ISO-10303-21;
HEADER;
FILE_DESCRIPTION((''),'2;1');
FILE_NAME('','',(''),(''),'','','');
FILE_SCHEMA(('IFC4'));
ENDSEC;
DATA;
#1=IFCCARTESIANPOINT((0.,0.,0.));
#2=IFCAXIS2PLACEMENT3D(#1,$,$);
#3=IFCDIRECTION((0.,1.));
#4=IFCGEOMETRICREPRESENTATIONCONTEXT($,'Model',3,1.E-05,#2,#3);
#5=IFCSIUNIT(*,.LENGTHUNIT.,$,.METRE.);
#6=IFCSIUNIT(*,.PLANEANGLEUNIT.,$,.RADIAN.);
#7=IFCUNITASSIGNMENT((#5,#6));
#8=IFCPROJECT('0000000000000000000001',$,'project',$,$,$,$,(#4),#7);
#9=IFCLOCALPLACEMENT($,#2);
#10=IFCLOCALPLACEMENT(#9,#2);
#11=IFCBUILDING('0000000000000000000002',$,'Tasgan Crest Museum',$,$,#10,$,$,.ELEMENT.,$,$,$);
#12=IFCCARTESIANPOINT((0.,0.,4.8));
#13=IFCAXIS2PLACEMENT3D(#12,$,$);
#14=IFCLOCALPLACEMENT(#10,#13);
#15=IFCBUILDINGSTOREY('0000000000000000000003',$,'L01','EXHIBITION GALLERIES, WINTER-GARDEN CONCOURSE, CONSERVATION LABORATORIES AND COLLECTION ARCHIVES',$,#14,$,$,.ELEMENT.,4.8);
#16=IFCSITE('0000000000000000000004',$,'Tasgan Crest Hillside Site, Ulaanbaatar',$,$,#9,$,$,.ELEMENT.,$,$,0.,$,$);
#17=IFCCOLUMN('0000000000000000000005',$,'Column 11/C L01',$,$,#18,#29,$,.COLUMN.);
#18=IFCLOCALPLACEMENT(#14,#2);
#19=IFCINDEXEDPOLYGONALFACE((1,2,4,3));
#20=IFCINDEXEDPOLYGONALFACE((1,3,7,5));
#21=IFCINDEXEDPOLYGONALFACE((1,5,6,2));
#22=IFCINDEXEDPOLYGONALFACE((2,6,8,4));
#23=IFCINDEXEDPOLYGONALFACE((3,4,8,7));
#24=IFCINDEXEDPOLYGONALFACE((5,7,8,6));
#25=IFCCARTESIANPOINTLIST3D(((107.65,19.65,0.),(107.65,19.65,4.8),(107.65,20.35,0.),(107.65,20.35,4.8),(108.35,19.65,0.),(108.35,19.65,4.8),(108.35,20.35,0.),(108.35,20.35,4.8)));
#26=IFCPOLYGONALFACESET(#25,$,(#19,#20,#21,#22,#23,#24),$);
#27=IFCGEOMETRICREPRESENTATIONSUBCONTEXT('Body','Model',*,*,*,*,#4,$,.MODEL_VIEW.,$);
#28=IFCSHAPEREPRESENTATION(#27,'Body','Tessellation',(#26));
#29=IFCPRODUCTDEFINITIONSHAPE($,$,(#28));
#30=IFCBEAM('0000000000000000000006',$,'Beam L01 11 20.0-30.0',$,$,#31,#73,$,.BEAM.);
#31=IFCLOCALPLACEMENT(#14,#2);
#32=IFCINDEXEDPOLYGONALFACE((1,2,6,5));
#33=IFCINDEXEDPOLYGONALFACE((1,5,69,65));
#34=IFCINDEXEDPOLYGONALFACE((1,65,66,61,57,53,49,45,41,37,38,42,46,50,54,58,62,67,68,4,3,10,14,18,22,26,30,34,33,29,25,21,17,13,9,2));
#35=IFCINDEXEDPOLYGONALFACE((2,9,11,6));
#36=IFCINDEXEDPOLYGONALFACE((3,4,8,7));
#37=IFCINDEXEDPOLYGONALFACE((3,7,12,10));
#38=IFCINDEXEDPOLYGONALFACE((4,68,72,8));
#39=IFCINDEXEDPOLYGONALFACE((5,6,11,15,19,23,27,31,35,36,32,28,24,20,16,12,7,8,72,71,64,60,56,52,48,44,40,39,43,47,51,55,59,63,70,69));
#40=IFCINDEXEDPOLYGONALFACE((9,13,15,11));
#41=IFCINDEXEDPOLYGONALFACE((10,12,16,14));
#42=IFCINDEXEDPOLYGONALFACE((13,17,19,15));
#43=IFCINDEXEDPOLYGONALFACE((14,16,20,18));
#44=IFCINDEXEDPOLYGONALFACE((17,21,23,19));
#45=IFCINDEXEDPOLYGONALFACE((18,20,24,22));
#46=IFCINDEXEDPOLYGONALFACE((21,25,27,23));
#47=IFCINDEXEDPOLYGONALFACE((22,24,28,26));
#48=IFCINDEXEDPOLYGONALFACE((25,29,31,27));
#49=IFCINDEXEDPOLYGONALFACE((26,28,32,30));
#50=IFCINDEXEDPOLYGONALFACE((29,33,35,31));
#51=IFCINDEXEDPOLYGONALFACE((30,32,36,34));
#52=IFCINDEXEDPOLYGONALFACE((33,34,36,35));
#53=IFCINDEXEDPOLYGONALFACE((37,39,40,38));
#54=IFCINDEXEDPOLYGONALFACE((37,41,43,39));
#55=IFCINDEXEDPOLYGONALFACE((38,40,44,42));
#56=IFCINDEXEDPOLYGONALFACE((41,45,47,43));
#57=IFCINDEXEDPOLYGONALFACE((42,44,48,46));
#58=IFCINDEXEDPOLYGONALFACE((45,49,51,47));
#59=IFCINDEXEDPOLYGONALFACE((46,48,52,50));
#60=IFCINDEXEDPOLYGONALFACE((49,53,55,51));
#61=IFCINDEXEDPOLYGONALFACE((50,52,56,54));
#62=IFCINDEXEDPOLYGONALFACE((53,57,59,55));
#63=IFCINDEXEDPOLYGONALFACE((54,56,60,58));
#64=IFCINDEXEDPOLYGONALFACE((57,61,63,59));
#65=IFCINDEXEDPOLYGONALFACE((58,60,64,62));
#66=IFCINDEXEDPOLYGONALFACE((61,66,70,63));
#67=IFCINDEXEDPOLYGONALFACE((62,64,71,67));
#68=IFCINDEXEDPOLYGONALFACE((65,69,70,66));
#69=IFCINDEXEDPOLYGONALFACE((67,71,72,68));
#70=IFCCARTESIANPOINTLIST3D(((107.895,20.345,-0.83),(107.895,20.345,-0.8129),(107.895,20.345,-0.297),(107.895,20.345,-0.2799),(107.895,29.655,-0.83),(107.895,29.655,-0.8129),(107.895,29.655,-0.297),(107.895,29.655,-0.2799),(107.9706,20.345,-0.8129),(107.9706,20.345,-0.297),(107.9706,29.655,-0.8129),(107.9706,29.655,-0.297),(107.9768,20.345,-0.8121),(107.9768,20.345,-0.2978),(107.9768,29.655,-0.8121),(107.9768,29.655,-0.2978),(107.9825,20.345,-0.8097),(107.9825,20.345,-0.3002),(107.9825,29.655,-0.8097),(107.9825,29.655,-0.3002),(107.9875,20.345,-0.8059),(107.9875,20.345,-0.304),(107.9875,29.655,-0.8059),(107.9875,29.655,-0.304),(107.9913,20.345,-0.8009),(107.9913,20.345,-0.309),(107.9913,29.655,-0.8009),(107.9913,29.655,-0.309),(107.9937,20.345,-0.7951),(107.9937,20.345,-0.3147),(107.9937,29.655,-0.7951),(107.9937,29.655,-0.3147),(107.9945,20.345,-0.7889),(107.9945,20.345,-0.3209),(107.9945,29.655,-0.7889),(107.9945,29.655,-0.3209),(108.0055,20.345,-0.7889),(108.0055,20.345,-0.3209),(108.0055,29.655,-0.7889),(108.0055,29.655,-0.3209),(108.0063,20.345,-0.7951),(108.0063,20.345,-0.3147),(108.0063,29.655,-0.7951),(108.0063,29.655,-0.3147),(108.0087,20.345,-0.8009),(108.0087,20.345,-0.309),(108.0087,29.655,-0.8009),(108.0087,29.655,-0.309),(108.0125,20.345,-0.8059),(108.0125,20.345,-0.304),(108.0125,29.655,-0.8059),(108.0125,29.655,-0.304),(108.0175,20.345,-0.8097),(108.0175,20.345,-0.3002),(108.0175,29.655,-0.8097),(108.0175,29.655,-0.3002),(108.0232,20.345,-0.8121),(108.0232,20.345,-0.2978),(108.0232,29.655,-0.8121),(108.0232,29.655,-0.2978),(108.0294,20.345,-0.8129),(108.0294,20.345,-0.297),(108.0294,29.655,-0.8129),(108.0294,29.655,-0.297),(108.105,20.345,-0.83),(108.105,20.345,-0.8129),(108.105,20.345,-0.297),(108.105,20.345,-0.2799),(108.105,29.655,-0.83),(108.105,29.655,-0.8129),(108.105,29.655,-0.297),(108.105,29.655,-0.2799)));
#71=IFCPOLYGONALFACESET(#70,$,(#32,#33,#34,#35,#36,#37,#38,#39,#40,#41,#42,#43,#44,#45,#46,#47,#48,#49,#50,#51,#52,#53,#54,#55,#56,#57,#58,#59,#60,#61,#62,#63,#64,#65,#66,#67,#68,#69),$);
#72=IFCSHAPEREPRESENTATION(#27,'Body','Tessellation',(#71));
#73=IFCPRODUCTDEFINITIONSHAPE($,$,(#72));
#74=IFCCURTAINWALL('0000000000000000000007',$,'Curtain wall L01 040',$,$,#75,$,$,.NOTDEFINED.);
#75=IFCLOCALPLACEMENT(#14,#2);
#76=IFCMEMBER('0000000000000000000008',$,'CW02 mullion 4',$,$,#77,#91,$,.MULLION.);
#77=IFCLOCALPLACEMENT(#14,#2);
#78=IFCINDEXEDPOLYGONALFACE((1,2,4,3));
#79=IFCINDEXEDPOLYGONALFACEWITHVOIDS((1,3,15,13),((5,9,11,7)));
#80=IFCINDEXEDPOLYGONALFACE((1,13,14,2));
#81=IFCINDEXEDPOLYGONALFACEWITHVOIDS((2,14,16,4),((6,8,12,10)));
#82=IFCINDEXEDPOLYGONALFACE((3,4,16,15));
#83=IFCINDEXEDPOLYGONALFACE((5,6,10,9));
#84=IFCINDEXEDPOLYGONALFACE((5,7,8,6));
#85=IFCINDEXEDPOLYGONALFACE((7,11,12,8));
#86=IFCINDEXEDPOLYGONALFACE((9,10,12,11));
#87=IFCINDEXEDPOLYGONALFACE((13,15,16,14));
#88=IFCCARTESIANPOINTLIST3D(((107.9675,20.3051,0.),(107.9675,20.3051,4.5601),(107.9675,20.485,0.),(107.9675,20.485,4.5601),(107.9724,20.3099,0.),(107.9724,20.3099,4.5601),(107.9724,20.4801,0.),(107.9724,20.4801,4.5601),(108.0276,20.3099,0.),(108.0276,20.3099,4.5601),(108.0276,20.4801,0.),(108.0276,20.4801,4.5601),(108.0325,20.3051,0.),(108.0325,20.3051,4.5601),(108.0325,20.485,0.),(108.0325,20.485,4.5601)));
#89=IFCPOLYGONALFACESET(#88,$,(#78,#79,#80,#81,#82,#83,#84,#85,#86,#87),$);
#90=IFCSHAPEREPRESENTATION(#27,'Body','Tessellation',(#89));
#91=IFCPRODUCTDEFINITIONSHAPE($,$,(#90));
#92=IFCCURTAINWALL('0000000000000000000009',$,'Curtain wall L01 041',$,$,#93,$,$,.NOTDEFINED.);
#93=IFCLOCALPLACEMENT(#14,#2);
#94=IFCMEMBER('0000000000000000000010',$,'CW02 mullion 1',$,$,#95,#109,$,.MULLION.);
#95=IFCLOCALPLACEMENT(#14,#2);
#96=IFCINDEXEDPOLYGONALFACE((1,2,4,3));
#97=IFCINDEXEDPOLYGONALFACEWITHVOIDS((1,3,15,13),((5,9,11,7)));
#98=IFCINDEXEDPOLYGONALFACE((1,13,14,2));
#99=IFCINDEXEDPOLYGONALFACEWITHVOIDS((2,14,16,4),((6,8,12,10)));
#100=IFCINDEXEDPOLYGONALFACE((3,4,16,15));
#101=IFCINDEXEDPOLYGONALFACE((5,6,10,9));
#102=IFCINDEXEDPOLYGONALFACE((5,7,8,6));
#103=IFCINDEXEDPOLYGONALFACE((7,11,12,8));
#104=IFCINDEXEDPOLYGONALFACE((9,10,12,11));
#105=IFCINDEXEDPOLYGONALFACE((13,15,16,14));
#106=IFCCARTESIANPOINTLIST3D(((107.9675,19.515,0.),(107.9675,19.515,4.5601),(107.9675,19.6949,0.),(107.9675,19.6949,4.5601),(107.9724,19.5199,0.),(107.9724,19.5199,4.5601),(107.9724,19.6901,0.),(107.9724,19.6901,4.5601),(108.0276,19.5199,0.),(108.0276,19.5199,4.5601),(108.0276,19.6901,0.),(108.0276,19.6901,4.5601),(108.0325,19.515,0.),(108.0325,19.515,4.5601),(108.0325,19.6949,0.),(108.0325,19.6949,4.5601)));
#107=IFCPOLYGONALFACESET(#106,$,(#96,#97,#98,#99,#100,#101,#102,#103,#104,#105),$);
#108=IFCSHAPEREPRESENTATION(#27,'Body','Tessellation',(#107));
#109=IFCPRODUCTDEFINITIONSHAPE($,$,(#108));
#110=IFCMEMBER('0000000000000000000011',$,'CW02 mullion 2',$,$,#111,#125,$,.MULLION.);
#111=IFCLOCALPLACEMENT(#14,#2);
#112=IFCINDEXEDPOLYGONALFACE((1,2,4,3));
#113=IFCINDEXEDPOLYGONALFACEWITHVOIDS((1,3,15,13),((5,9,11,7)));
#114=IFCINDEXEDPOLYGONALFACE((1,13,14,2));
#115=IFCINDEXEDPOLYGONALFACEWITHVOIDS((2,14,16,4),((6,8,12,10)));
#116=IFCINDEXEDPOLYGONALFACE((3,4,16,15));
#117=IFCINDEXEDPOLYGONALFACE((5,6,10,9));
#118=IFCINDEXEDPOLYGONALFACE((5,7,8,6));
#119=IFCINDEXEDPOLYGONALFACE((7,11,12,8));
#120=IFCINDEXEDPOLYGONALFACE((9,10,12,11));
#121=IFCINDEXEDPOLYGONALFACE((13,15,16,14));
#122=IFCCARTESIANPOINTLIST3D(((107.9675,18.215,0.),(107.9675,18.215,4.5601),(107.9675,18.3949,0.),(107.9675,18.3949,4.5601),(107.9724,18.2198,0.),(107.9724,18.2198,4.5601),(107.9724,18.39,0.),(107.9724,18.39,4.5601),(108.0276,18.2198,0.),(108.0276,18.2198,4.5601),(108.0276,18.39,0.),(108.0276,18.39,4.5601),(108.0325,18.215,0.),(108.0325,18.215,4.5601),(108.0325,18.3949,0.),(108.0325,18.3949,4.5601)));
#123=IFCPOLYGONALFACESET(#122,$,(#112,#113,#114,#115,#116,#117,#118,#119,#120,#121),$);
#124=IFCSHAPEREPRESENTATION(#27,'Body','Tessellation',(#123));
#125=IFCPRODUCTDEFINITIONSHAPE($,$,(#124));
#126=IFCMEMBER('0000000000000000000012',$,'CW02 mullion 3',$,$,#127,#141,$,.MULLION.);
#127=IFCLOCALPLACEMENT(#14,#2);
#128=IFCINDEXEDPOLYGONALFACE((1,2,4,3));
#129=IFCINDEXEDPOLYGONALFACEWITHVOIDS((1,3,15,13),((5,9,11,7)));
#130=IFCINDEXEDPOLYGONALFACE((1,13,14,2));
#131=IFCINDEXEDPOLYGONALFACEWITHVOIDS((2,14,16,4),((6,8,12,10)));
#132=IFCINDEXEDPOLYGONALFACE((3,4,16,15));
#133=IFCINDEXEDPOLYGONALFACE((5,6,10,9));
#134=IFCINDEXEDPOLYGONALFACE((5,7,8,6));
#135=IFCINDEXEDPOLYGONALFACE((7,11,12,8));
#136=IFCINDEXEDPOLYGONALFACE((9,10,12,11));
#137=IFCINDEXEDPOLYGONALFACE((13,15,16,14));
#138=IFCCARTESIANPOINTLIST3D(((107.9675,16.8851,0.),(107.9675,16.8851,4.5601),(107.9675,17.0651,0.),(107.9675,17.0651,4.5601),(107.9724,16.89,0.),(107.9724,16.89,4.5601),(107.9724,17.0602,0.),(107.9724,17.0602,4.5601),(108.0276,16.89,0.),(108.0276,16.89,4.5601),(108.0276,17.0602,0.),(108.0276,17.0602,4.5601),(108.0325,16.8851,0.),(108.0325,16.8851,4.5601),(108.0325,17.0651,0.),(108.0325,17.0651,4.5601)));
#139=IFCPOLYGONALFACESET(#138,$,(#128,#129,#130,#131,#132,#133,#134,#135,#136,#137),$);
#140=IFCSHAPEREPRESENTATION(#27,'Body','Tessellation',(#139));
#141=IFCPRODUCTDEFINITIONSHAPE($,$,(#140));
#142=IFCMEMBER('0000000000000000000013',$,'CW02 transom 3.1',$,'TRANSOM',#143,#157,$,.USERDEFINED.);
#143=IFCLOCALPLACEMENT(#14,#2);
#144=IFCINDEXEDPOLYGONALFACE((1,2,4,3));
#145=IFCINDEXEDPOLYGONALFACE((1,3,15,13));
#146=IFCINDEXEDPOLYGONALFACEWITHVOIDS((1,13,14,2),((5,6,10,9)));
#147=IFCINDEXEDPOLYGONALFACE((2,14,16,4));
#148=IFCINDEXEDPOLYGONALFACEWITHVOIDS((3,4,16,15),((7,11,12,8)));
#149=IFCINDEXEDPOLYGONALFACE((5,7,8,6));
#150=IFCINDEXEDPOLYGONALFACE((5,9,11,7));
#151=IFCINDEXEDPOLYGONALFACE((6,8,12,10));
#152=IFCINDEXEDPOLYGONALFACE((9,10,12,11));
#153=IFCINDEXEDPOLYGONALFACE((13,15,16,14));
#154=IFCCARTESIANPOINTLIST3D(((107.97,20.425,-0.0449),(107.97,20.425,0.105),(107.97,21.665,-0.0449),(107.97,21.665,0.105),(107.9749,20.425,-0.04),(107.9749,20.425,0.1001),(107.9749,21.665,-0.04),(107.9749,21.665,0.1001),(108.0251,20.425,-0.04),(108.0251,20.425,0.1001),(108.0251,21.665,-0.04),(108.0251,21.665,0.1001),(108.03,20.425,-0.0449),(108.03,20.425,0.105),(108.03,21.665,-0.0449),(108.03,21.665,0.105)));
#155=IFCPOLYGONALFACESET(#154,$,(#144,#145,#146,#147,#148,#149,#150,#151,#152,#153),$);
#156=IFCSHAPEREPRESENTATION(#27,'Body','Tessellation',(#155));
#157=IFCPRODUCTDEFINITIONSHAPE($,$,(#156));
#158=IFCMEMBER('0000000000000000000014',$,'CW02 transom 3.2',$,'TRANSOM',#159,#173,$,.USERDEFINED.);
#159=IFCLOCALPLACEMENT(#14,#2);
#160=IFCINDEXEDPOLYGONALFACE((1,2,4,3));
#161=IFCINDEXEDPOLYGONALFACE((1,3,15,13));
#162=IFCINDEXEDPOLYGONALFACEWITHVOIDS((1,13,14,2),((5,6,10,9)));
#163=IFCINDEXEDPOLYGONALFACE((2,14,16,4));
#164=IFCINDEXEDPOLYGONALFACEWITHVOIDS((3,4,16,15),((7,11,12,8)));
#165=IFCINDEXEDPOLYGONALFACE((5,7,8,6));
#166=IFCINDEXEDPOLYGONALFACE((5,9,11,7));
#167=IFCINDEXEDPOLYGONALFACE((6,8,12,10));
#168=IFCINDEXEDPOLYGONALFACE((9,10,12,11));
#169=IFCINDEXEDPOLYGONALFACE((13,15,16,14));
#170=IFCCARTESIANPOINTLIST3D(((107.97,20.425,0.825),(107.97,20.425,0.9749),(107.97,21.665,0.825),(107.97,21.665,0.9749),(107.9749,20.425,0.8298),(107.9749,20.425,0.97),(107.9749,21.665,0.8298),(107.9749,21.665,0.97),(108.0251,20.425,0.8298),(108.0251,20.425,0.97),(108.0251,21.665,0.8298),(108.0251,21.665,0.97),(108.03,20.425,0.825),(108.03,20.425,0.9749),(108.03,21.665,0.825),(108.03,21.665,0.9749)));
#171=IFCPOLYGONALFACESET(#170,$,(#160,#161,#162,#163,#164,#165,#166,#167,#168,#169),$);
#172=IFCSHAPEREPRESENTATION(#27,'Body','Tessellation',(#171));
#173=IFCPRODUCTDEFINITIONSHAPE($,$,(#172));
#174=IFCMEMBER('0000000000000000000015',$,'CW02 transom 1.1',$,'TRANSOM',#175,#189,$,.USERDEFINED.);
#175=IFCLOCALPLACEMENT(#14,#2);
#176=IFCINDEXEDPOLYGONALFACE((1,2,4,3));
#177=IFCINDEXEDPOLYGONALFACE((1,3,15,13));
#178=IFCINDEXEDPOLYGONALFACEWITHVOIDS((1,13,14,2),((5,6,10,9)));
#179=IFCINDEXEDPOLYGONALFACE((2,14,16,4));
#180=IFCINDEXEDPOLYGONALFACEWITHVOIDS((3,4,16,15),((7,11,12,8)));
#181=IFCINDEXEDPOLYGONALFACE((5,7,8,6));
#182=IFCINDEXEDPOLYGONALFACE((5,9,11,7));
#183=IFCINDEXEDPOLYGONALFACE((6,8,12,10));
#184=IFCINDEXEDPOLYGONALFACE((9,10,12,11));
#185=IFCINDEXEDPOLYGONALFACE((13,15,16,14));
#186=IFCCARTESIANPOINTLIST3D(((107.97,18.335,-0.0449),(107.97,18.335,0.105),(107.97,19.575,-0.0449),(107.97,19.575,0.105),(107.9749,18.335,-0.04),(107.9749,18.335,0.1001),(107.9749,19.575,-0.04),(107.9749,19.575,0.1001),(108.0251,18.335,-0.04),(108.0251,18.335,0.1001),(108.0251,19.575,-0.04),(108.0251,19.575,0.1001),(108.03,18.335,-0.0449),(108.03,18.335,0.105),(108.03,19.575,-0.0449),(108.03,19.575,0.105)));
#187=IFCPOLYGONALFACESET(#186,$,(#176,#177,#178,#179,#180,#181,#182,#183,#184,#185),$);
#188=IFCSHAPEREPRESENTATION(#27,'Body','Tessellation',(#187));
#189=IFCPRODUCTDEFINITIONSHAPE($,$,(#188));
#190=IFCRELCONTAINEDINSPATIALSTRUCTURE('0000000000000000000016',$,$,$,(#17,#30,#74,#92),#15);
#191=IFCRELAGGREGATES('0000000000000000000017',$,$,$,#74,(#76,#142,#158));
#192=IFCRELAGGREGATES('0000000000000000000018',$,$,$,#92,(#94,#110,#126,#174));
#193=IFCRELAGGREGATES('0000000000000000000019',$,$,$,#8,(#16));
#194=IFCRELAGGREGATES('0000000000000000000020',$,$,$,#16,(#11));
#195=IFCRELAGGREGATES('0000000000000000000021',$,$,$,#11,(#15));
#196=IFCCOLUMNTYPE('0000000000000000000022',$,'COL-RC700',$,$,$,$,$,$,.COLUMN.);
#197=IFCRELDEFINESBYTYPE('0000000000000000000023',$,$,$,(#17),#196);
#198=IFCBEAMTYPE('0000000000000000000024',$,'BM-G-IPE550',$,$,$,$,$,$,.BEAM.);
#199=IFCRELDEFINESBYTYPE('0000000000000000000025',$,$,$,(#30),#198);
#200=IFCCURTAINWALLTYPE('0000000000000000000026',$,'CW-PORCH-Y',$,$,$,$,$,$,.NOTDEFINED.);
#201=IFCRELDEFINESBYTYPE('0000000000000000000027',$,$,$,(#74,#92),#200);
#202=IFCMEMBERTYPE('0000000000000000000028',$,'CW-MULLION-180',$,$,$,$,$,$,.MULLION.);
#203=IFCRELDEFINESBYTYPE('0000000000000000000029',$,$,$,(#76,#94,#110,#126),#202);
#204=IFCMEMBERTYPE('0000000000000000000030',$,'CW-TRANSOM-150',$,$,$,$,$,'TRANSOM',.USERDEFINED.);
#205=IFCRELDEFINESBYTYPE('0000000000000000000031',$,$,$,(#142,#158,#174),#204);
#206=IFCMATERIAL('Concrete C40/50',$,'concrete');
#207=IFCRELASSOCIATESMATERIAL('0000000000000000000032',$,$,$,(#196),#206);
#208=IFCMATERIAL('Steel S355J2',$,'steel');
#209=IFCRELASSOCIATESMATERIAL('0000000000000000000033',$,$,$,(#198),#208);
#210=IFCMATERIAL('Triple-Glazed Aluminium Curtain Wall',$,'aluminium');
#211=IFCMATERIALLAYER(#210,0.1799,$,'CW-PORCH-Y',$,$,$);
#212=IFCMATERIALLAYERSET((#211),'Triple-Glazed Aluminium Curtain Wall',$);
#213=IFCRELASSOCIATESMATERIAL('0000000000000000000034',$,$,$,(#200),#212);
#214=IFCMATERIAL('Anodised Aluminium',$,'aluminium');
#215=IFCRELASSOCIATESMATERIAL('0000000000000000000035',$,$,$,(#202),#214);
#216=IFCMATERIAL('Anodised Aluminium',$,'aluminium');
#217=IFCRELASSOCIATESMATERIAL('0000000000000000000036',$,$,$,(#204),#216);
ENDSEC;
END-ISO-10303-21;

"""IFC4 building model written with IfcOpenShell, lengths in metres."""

from ifc_helpers import new_model, si_unit, direction, frame, origin, origin_2d, place, context, subcontext, project, spatial, rectangle, hollow_rectangle, i_section, extrude, material, layer, layer_set, material_profile, profile_set, type_object, element, aggregate, save


model = new_model("IFC4")

# Units and contexts
model_context = context("Model", 3, precision=1e-05, world=origin(), true_north=direction((0.0, 1.0)))
body_context = subcontext(model_context, "Body", "Model", "MODEL_VIEW")
ifc_project = project(units=[si_unit("LENGTHUNIT", "METRE"), si_unit("PLANEANGLEUNIT", "RADIAN")], contexts=[model_context])

# Site, building, storey
site_placement = place(None, origin())
site = spatial("IfcSite", under=ifc_project, at=site_placement, Name="Tasgan Crest Hillside Site, Ulaanbaatar", CompositionType="ELEMENT", RefElevation=0.0)
building_placement = place(site_placement, origin())
building = spatial("IfcBuilding", under=site, at=building_placement, Name="Tasgan Crest Museum", CompositionType="ELEMENT")
storey_placement = place(building_placement, frame((0.0, 0.0, 4.8)))
storey = spatial("IfcBuildingStorey", under=building, at=storey_placement, Name="L01", Description="EXHIBITION GALLERIES, WINTER-GARDEN CONCOURSE, CONSERVATION LABORATORIES AND COLLECTION ARCHIVES", CompositionType="ELEMENT", Elevation=4.8)

# Column
ifc_material_1 = material(Name="Concrete C40/50", Category="concrete")
ifc_material_profile_1 = material_profile(ifc_material_1, rectangle(XDim=0.7, YDim=0.7, at=origin_2d()), Name="RC 700x700")
ifc_profile_set_1 = profile_set([ifc_material_profile_1], Name="Concrete C40/50")
column_type = type_object("IfcColumnType", Name="COL-RC700", PredefinedType="COLUMN", material=ifc_profile_set_1)
column_placement = place(storey_placement, frame((108.0, 20.0, 0.0), z_axis=(0.0, 0.0, 1.0), x_axis=(1.0, 0.0, 0.0)))
element("IfcColumn", 1, at=column_placement, inside=storey, type_object=column_type, Name="Column 11/C L01", PredefinedType="COLUMN", context=body_context, shape_type="SweptSolid", body=[
    extrude(rectangle(XDim=0.7, YDim=0.7, at=origin_2d()), origin(), (0.0, 0.0, 1.0), 4.8),
])

# Beam
ifc_material_2 = material(Name="Steel S355J2", Category="steel")
ifc_material_profile_2 = material_profile(ifc_material_2, i_section(OverallWidth=0.21, OverallDepth=0.55, WebThickness=0.011, FlangeThickness=0.0171, FilletRadius=0.0239, at=origin_2d()), Name="IPE 550")
ifc_profile_set_2 = profile_set([ifc_material_profile_2], Name="Steel S355J2")
beam_type = type_object("IfcBeamType", Name="BM-G-IPE550", PredefinedType="BEAM", material=ifc_profile_set_2)
beam_placement = place(storey_placement, frame((108.0, 20.345, -0.5549), z_axis=(0.0, 1.0, 0.0), x_axis=(-1.0, 0.0, 0.0)))
element("IfcBeam", 2, at=beam_placement, inside=storey, type_object=beam_type, Name="Beam L01 11 20.0-30.0", PredefinedType="BEAM", context=body_context, shape_type="SweptSolid", body=[
    extrude(i_section(OverallWidth=0.21, OverallDepth=0.55, WebThickness=0.011, FlangeThickness=0.0171, FilletRadius=0.0239, at=origin_2d()), origin(), (0.0, 0.0, 1.0), 9.3101),
])

# Curtain wall, member
ifc_material_3 = material(Name="Triple-Glazed Aluminium Curtain Wall", Category="aluminium")
ifc_layer_1 = layer(ifc_material_3, 0.1799, Name="CW-PORCH-Y")
ifc_layer_set_1 = layer_set([ifc_layer_1], Name="Triple-Glazed Aluminium Curtain Wall")
curtain_wall_type = type_object("IfcCurtainWallType", Name="CW-PORCH-Y", PredefinedType="NOTDEFINED", material=ifc_layer_set_1)
curtain_wall_1_placement = place(storey_placement, origin())
curtain_wall_1 = element("IfcCurtainWall", 3, at=curtain_wall_1_placement, inside=storey, type_object=curtain_wall_type, Name="Curtain wall L01 040", PredefinedType="NOTDEFINED")
ifc_material_4 = material(Name="Anodised Aluminium", Category="aluminium")
ifc_material_profile_3 = material_profile(ifc_material_4, hollow_rectangle(XDim=0.0649, YDim=0.1799, WallThickness=0.0049, at=origin_2d()), Name="ALU MULLION 180x65x5")
ifc_profile_set_3 = profile_set([ifc_material_profile_3], Name="Anodised Aluminium")
member_type_1 = type_object("IfcMemberType", Name="CW-MULLION-180", PredefinedType="MULLION", material=ifc_profile_set_3)
member_1_placement = place(storey_placement, frame((108.0, 20.395, 0.0), z_axis=(0.0, 0.0, 1.0), x_axis=(1.0, 0.0, 0.0)))
member_1 = element("IfcMember", 4, at=member_1_placement, type_object=member_type_1, Name="CW02 mullion 4", PredefinedType="MULLION", context=body_context, shape_type="SweptSolid", body=[
    extrude(hollow_rectangle(XDim=0.0649, YDim=0.1799, WallThickness=0.0049, at=origin_2d()), origin(), (0.0, 0.0, 1.0), 4.5601),
])

# Curtain wall, members
curtain_wall_2_placement = place(storey_placement, origin())
curtain_wall_2 = element("IfcCurtainWall", 5, at=curtain_wall_2_placement, inside=storey, type_object=curtain_wall_type, Name="Curtain wall L01 041", PredefinedType="NOTDEFINED")
member_2_placement = place(storey_placement, frame((108.0, 19.605, 0.0), z_axis=(0.0, 0.0, 1.0), x_axis=(1.0, 0.0, 0.0)))
member_2 = element("IfcMember", 6, at=member_2_placement, type_object=member_type_1, Name="CW02 mullion 1", PredefinedType="MULLION", context=body_context, shape_type="SweptSolid", body=[
    extrude(hollow_rectangle(XDim=0.0649, YDim=0.1799, WallThickness=0.0049, at=origin_2d()), origin(), (0.0, 0.0, 1.0), 4.5601),
])
member_3_placement = place(storey_placement, frame((108.0, 18.3049, 0.0), z_axis=(0.0, 0.0, 1.0), x_axis=(1.0, 0.0, 0.0)))
member_3 = element("IfcMember", 7, at=member_3_placement, type_object=member_type_1, Name="CW02 mullion 2", PredefinedType="MULLION", context=body_context, shape_type="SweptSolid", body=[
    extrude(hollow_rectangle(XDim=0.0649, YDim=0.1799, WallThickness=0.0049, at=origin_2d()), origin(), (0.0, 0.0, 1.0), 4.5601),
])
member_4_placement = place(storey_placement, frame((108.0, 16.9751, 0.0), z_axis=(0.0, 0.0, 1.0), x_axis=(1.0, 0.0, 0.0)))
member_4 = element("IfcMember", 8, at=member_4_placement, type_object=member_type_1, Name="CW02 mullion 3", PredefinedType="MULLION", context=body_context, shape_type="SweptSolid", body=[
    extrude(hollow_rectangle(XDim=0.0649, YDim=0.1799, WallThickness=0.0049, at=origin_2d()), origin(), (0.0, 0.0, 1.0), 4.5601),
])

# Members
ifc_material_5 = material(Name="Anodised Aluminium", Category="aluminium")
ifc_material_profile_4 = material_profile(ifc_material_5, hollow_rectangle(XDim=0.0601, YDim=0.1499, WallThickness=0.0049, at=origin_2d()), Name="ALU TRANSOM 150x60x5")
ifc_profile_set_4 = profile_set([ifc_material_profile_4], Name="Anodised Aluminium")
member_type_2 = type_object("IfcMemberType", Name="CW-TRANSOM-150", ElementType="TRANSOM", PredefinedType="USERDEFINED", material=ifc_profile_set_4)
member_5_placement = place(storey_placement, frame((108.0, 21.665, 0.03), z_axis=(0.0, -1.0, 0.0), x_axis=(1.0, 0.0, 0.0)))
member_5 = element("IfcMember", 9, at=member_5_placement, type_object=member_type_2, Name="CW02 transom 3.1", ObjectType="TRANSOM", PredefinedType="USERDEFINED", context=body_context, shape_type="SweptSolid", body=[
    extrude(hollow_rectangle(XDim=0.0601, YDim=0.1499, WallThickness=0.0049, at=origin_2d()), origin(), (0.0, 0.0, 1.0), 1.24),
])
member_6_placement = place(storey_placement, frame((108.0, 21.665, 0.8999), z_axis=(0.0, -1.0, 0.0), x_axis=(1.0, 0.0, 0.0)))
member_6 = element("IfcMember", 10, at=member_6_placement, type_object=member_type_2, Name="CW02 transom 3.2", ObjectType="TRANSOM", PredefinedType="USERDEFINED", context=body_context, shape_type="SweptSolid", body=[
    extrude(hollow_rectangle(XDim=0.0601, YDim=0.1499, WallThickness=0.0049, at=origin_2d()), origin(), (0.0, 0.0, 1.0), 1.24),
])
member_7_placement = place(storey_placement, frame((108.0, 19.575, 0.03), z_axis=(0.0, -1.0, 0.0), x_axis=(1.0, 0.0, 0.0)))
member_7 = element("IfcMember", 11, at=member_7_placement, type_object=member_type_2, Name="CW02 transom 1.1", ObjectType="TRANSOM", PredefinedType="USERDEFINED", context=body_context, shape_type="SweptSolid", body=[
    extrude(hollow_rectangle(XDim=0.0601, YDim=0.1499, WallThickness=0.0049, at=origin_2d()), origin(), (0.0, 0.0, 1.0), 1.24),
])

aggregate(curtain_wall_1, [member_1, member_5, member_6])
aggregate(curtain_wall_2, [member_2, member_3, member_4, member_7])

save(model, "model.ifc")
